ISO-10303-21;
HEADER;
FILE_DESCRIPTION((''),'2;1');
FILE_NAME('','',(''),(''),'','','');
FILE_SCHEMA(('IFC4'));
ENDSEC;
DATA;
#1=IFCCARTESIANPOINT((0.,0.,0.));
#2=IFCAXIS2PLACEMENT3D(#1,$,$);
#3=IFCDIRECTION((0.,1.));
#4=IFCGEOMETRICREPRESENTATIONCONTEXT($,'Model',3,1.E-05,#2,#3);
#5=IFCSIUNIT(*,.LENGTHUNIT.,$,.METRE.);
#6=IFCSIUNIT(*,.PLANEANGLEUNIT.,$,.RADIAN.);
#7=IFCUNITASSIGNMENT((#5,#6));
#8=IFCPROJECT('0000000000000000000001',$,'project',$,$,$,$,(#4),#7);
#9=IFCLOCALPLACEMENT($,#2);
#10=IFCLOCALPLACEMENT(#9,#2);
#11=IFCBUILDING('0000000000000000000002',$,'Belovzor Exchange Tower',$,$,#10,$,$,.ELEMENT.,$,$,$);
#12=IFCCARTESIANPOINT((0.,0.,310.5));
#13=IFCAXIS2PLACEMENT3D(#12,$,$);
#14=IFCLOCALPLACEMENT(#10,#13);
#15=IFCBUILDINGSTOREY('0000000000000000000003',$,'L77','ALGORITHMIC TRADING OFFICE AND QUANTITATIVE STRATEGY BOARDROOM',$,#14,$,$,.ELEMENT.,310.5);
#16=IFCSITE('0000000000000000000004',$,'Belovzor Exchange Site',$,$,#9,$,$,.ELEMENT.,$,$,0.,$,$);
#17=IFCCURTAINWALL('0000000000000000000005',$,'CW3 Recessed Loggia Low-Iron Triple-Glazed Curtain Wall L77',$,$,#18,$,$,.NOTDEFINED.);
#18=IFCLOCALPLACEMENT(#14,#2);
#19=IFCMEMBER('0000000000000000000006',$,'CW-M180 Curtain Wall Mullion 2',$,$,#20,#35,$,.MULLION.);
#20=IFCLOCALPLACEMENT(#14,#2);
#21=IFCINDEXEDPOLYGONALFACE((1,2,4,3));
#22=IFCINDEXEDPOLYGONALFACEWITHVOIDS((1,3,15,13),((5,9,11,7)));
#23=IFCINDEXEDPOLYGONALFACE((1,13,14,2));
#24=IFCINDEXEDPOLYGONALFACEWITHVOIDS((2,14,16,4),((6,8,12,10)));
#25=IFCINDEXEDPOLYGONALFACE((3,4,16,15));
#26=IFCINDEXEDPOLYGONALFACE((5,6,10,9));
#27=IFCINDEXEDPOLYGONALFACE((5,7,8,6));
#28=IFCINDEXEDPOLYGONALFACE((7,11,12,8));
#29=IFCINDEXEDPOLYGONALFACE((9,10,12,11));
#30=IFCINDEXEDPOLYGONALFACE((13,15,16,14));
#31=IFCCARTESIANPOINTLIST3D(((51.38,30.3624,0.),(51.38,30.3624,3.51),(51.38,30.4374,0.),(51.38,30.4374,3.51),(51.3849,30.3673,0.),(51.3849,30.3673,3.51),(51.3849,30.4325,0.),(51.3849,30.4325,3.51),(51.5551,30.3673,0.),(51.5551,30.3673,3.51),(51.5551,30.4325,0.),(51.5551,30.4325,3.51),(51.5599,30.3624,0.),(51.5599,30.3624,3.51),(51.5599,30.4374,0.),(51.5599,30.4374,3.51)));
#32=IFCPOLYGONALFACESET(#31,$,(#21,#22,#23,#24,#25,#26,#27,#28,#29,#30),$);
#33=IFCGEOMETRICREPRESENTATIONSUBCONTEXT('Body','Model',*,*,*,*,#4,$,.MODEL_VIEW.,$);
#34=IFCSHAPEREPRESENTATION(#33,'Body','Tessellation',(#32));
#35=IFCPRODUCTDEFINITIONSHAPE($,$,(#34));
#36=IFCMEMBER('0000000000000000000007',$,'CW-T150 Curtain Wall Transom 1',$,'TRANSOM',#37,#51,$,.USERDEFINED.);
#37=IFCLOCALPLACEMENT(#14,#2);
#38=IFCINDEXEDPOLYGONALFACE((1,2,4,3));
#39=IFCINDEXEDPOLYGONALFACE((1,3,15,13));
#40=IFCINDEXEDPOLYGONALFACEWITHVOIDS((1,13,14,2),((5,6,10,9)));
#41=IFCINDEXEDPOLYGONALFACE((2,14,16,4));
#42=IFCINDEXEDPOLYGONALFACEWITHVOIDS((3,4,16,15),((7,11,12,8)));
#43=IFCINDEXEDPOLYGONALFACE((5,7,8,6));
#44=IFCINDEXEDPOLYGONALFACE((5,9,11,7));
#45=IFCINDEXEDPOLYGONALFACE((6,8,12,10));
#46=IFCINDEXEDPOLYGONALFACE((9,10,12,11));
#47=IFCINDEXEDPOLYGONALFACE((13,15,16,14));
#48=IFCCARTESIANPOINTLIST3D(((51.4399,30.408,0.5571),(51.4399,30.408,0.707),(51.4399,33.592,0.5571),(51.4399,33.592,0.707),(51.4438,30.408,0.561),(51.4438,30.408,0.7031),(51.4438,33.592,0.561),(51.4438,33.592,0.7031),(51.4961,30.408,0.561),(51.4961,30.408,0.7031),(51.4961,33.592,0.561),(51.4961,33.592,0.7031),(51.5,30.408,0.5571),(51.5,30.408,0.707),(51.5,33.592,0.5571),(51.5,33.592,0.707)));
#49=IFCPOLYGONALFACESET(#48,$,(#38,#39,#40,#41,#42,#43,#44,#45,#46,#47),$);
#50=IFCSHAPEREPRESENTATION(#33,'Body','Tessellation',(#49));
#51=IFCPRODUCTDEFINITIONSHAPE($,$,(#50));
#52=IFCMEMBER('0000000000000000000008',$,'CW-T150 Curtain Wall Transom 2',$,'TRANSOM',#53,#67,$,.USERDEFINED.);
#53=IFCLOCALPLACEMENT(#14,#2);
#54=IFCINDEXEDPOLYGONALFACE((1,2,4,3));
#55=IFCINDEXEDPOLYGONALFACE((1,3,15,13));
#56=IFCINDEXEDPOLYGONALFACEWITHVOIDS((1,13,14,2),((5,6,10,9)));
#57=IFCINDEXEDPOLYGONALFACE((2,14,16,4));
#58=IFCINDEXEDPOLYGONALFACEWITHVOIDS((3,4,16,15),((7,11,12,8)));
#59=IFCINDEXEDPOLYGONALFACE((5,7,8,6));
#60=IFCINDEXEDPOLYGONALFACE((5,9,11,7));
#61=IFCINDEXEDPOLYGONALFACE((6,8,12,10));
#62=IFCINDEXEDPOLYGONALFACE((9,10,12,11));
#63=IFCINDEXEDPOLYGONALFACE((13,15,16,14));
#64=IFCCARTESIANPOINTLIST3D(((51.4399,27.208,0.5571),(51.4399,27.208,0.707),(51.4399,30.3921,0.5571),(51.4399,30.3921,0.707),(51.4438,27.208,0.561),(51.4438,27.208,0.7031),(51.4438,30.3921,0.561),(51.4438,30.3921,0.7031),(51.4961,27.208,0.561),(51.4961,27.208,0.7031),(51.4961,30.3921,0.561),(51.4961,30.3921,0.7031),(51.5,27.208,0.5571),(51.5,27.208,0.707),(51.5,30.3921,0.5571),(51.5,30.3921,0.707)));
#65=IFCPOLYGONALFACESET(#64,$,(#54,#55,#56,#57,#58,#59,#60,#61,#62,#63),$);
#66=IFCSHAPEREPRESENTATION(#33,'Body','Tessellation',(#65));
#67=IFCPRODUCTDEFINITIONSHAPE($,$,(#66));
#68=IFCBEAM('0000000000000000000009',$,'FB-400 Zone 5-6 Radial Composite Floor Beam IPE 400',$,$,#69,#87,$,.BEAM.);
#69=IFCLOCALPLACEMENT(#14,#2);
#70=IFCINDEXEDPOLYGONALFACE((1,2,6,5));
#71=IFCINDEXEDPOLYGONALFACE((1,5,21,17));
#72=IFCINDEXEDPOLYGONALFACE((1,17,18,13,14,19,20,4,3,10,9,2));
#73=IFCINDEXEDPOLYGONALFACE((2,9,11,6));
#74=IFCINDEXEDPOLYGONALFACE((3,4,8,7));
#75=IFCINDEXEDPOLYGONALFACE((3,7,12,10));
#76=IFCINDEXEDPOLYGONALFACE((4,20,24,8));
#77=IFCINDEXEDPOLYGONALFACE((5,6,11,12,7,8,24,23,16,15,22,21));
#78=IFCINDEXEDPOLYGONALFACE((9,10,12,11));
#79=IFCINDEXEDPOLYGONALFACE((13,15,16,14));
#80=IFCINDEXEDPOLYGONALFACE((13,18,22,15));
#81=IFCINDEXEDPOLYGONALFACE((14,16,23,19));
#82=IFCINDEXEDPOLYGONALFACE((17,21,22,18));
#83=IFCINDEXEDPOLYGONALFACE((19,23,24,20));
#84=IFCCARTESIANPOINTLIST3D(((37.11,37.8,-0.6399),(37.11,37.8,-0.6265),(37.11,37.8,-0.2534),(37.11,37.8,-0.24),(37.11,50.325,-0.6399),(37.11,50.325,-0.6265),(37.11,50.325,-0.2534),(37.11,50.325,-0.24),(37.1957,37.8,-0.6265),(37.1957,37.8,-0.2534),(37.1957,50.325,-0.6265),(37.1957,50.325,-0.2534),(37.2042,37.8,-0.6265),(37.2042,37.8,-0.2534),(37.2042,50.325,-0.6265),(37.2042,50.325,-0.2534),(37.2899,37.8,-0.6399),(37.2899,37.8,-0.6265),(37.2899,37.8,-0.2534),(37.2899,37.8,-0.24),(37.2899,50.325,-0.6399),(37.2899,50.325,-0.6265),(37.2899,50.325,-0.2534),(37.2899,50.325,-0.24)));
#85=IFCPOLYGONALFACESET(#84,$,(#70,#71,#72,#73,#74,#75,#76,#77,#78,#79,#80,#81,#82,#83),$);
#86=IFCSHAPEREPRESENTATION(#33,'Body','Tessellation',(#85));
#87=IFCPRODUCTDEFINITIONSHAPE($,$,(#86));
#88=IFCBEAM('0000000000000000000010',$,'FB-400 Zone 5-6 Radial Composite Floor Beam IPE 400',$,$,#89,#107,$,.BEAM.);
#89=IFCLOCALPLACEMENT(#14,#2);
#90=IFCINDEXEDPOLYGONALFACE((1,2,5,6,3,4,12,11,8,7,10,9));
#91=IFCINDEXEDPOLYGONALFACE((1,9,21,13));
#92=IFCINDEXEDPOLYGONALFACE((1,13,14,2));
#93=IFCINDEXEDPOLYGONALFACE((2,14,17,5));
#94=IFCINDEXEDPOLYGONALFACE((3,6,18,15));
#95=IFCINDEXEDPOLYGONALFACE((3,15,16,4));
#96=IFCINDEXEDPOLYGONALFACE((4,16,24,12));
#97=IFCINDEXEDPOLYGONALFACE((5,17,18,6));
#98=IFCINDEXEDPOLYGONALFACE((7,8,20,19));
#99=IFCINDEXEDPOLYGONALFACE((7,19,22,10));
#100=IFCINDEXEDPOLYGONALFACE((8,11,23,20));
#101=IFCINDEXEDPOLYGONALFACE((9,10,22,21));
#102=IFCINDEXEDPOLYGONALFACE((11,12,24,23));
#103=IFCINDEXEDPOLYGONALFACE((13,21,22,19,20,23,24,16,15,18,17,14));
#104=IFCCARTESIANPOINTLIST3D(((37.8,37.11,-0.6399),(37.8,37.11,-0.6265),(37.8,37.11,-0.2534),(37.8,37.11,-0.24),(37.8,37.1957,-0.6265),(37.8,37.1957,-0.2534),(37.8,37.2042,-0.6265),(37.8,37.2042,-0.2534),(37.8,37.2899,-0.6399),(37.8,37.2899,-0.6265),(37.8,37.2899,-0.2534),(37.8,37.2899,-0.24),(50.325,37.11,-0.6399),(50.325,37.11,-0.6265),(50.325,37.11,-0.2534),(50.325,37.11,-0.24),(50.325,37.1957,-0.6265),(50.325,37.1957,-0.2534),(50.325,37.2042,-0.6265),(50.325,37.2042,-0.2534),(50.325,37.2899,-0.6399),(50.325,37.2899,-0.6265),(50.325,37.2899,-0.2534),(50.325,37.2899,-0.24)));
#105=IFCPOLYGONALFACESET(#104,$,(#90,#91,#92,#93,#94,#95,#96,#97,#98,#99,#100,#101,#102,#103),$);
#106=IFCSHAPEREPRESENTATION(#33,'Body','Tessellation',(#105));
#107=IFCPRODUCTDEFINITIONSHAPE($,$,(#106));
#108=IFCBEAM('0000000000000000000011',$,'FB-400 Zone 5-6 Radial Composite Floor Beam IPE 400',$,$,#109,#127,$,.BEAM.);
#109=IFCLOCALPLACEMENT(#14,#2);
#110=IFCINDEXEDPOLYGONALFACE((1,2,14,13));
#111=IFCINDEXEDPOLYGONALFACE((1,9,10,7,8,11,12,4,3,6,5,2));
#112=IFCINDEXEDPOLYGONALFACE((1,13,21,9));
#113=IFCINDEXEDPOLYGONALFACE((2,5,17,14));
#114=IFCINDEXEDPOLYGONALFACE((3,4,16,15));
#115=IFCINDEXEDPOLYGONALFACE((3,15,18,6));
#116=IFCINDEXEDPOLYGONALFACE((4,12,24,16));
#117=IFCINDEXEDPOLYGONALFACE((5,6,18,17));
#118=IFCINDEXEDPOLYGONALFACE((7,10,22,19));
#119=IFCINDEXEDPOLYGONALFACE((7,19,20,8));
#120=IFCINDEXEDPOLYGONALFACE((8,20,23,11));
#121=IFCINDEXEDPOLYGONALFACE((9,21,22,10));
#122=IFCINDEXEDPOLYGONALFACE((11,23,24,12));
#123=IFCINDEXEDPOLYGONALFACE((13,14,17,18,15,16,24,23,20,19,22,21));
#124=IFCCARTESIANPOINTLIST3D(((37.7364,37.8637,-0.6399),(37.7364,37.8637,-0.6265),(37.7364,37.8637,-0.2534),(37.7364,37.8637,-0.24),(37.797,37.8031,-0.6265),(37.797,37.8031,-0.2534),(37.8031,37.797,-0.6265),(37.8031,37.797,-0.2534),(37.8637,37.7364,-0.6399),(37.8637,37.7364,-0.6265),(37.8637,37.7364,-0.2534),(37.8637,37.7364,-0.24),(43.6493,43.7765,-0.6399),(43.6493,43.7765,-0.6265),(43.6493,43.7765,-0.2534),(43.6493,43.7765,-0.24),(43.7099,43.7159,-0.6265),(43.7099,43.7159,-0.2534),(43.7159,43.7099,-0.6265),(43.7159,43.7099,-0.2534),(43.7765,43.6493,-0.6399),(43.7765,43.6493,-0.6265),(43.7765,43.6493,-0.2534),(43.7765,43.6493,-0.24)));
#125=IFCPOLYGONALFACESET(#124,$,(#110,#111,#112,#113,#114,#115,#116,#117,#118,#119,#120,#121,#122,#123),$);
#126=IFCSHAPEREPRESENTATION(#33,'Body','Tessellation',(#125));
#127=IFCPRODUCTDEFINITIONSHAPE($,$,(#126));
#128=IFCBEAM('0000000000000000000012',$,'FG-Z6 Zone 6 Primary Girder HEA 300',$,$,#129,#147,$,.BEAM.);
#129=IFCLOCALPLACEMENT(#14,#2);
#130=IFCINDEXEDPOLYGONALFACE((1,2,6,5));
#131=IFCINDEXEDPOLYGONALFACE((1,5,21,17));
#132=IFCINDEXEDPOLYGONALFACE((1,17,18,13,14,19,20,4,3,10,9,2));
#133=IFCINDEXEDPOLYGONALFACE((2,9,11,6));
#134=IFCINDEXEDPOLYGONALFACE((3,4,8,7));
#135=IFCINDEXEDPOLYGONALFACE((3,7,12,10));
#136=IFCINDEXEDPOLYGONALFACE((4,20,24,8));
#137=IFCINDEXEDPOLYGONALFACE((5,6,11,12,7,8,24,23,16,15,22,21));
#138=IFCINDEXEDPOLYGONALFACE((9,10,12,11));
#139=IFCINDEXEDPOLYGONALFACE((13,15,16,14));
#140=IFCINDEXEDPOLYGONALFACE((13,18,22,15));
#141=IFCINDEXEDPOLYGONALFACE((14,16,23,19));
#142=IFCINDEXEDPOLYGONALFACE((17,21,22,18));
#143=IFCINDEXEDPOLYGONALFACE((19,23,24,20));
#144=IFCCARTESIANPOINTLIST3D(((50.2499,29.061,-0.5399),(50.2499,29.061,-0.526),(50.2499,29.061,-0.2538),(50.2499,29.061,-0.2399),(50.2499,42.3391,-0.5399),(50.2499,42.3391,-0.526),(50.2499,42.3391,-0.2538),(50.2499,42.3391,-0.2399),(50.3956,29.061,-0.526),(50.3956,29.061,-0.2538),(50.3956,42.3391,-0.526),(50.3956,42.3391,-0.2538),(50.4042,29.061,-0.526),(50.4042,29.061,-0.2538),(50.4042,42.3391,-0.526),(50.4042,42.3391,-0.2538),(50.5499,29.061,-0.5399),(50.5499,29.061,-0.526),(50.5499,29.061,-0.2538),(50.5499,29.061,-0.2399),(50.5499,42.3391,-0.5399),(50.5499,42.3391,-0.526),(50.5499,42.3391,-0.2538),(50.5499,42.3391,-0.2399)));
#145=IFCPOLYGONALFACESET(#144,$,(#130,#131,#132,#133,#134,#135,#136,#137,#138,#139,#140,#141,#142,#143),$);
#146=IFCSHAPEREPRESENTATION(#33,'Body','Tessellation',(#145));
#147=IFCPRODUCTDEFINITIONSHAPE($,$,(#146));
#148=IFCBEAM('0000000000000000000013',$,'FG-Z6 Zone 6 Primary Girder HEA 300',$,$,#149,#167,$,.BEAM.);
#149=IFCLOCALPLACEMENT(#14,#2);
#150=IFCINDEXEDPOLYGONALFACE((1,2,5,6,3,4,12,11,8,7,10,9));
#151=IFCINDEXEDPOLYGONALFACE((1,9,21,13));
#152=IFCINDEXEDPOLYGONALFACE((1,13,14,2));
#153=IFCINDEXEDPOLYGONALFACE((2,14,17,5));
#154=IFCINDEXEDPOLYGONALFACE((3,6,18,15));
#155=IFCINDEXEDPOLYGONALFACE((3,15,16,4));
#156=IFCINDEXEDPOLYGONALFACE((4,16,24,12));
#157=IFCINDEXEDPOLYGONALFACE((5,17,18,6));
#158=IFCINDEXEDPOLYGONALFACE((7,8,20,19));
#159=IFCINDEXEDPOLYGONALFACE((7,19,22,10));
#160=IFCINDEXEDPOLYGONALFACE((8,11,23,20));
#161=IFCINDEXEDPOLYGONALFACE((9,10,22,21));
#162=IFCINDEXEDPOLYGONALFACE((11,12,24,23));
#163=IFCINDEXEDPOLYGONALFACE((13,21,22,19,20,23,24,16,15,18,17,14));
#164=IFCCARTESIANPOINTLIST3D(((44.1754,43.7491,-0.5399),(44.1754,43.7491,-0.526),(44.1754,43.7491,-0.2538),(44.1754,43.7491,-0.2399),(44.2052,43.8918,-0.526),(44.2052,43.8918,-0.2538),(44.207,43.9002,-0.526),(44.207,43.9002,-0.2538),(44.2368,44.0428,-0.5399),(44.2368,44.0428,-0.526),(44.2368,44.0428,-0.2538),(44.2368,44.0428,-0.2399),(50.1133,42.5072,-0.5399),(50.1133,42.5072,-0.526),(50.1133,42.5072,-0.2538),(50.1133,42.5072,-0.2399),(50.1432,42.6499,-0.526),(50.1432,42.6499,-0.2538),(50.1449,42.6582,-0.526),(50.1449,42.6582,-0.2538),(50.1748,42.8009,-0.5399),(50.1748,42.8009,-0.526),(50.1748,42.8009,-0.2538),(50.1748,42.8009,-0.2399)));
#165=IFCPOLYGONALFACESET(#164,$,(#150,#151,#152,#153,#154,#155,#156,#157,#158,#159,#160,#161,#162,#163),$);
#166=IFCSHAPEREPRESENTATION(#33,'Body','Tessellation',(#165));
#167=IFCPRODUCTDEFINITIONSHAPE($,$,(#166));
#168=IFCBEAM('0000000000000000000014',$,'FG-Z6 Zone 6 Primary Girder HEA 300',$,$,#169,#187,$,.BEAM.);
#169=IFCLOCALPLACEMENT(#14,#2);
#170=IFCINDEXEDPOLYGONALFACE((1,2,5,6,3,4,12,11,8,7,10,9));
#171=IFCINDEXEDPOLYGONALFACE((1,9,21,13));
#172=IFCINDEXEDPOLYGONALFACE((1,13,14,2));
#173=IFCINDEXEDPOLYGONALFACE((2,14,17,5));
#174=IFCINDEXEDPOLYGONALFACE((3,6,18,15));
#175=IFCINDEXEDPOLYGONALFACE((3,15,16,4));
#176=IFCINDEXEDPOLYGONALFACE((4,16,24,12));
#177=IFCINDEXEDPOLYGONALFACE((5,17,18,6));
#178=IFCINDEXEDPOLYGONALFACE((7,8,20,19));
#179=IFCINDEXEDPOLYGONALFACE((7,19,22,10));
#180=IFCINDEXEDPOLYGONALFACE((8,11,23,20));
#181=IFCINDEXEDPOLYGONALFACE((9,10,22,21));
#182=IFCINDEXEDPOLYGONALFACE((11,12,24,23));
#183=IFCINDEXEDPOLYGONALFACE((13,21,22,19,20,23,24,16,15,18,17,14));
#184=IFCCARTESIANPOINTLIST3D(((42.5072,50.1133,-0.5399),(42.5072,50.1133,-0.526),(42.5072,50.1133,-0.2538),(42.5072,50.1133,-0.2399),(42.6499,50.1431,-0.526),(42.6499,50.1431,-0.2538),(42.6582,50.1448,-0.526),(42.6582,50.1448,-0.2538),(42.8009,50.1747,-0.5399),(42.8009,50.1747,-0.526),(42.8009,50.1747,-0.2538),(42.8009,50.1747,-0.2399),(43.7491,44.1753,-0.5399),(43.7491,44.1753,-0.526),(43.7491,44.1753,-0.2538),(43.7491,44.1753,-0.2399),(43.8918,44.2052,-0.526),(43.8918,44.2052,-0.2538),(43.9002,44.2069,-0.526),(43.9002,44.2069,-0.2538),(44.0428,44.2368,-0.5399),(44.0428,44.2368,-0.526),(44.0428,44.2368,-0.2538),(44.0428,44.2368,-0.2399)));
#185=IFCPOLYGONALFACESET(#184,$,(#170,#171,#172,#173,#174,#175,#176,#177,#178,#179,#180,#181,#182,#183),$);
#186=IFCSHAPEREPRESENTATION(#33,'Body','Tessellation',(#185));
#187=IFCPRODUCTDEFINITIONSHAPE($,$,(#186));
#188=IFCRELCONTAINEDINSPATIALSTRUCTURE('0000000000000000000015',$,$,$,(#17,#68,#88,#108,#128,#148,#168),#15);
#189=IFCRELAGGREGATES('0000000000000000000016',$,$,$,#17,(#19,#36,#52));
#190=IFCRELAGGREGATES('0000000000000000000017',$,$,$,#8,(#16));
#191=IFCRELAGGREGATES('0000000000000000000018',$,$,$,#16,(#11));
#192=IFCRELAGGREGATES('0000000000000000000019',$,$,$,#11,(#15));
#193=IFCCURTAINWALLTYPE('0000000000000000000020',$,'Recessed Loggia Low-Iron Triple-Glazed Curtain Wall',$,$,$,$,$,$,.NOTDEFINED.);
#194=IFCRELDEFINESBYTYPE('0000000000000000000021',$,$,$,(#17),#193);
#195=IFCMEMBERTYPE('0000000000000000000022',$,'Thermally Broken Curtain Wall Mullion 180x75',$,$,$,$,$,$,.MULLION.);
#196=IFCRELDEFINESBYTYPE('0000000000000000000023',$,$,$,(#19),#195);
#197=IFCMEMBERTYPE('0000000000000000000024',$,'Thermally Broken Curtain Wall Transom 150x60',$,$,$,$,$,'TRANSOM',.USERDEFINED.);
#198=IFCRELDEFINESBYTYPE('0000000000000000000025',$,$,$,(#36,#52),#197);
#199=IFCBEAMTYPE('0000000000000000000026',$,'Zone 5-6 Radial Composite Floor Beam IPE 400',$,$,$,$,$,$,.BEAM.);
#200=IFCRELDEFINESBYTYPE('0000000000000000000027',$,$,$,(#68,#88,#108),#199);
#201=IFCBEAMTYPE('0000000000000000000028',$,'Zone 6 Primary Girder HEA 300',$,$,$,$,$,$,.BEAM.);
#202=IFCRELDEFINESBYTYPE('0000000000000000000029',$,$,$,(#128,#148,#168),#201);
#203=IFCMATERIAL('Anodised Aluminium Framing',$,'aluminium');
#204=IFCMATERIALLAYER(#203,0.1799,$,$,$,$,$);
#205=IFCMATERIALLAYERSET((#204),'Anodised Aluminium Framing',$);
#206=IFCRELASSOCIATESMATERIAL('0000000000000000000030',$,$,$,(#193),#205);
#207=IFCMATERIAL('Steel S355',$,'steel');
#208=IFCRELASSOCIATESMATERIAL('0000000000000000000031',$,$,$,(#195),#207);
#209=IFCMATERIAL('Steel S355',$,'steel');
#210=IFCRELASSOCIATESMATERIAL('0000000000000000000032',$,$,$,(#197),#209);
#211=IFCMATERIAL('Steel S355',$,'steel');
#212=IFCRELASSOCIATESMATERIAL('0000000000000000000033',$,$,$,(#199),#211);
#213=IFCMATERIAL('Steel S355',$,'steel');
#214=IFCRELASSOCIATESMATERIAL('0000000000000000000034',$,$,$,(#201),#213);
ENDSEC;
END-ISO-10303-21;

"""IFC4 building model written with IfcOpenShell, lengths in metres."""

from ifc_helpers import new_model, si_unit, direction, frame, origin, origin_2d, place, context, subcontext, project, spatial, hollow_rectangle, i_section, extrude, material, layer, layer_set, material_profile, profile_set, type_object, element, aggregate, save


model = new_model("IFC4")

# Units and contexts
model_context = context("Model", 3, precision=1e-05, world=origin(), true_north=direction((0.0, 1.0)))
body_context = subcontext(model_context, "Body", "Model", "MODEL_VIEW")
ifc_project = project(units=[si_unit("LENGTHUNIT", "METRE"), si_unit("PLANEANGLEUNIT", "RADIAN")], contexts=[model_context])

# Site, building, storey
site_placement = place(None, origin())
site = spatial("IfcSite", under=ifc_project, at=site_placement, Name="Belovzor Exchange Site", CompositionType="ELEMENT", RefElevation=0.0)
building_placement = place(site_placement, origin())
building = spatial("IfcBuilding", under=site, at=building_placement, Name="Belovzor Exchange Tower", CompositionType="ELEMENT")
storey_placement = place(building_placement, frame((0.0, 0.0, 310.5)))
storey = spatial("IfcBuildingStorey", under=building, at=storey_placement, Name="L77", Description="ALGORITHMIC TRADING OFFICE AND QUANTITATIVE STRATEGY BOARDROOM", CompositionType="ELEMENT", Elevation=310.5)

# Curtain wall, members
ifc_material_1 = material(Name="Anodised Aluminium Framing", Category="aluminium")
ifc_layer_1 = layer(ifc_material_1, 0.1799)
ifc_layer_set_1 = layer_set([ifc_layer_1], Name="Anodised Aluminium Framing")
curtain_wall_type = type_object("IfcCurtainWallType", Name="Recessed Loggia Low-Iron Triple-Glazed Curtain Wall", PredefinedType="NOTDEFINED", material=ifc_layer_set_1)
curtain_wall_placement = place(storey_placement, origin())
curtain_wall = element("IfcCurtainWall", 1, at=curtain_wall_placement, inside=storey, type_object=curtain_wall_type, Name="CW3 Recessed Loggia Low-Iron Triple-Glazed Curtain Wall L77", PredefinedType="NOTDEFINED")
ifc_material_2 = material(Name="Steel S355", Category="steel")
ifc_material_profile_1 = material_profile(ifc_material_2, hollow_rectangle(XDim=0.075, YDim=0.1799, WallThickness=0.0049, at=origin_2d()))
ifc_profile_set_1 = profile_set([ifc_material_profile_1], Name="Steel S355")
member_type_1 = type_object("IfcMemberType", Name="Thermally Broken Curtain Wall Mullion 180x75", PredefinedType="MULLION", material=ifc_profile_set_1)
member_1_placement = place(storey_placement, frame((51.47, 30.3999, 0.0), z_axis=(0.0, 0.0, 1.0), x_axis=(0.0, -1.0, 0.0)))
member_1 = element("IfcMember", 2, at=member_1_placement, type_object=member_type_1, Name="CW-M180 Curtain Wall Mullion 2", PredefinedType="MULLION", context=body_context, shape_type="SweptSolid", body=[
    extrude(hollow_rectangle(XDim=0.075, YDim=0.1799, WallThickness=0.0049, at=origin_2d()), origin(), (0.0, 0.0, 1.0), 3.51),
])
ifc_material_3 = material(Name="Steel S355", Category="steel")
ifc_material_profile_2 = material_profile(ifc_material_3, hollow_rectangle(XDim=0.0601, YDim=0.1499, WallThickness=0.0039, at=origin_2d()))
ifc_profile_set_2 = profile_set([ifc_material_profile_2], Name="Steel S355")
member_type_2 = type_object("IfcMemberType", Name="Thermally Broken Curtain Wall Transom 150x60", ElementType="TRANSOM", PredefinedType="USERDEFINED", material=ifc_profile_set_2)
member_2_placement = place(storey_placement, frame((51.47, 33.592, 0.6321), z_axis=(0.0, -1.0, 0.0), x_axis=(1.0, 0.0, 0.0)))
member_2 = element("IfcMember", 3, at=member_2_placement, type_object=member_type_2, Name="CW-T150 Curtain Wall Transom 1", ObjectType="TRANSOM", PredefinedType="USERDEFINED", context=body_context, shape_type="SweptSolid", body=[
    extrude(hollow_rectangle(XDim=0.0601, YDim=0.1499, WallThickness=0.0039, at=origin_2d()), origin(), (0.0, 0.0, 1.0), 3.1841),
])
member_3_placement = place(storey_placement, frame((51.47, 30.3921, 0.6321), z_axis=(0.0, -1.0, 0.0), x_axis=(1.0, 0.0, 0.0)))
member_3 = element("IfcMember", 4, at=member_3_placement, type_object=member_type_2, Name="CW-T150 Curtain Wall Transom 2", ObjectType="TRANSOM", PredefinedType="USERDEFINED", context=body_context, shape_type="SweptSolid", body=[
    extrude(hollow_rectangle(XDim=0.0601, YDim=0.1499, WallThickness=0.0039, at=origin_2d()), origin(), (0.0, 0.0, 1.0), 3.1841),
])

# Beams
ifc_material_4 = material(Name="Steel S355", Category="steel")
ifc_material_profile_3 = material_profile(ifc_material_4, i_section(OverallWidth=0.1799, OverallDepth=0.3999, WebThickness=0.0085, FlangeThickness=0.0134, at=origin_2d()))
ifc_profile_set_3 = profile_set([ifc_material_profile_3], Name="Steel S355")
beam_type_1 = type_object("IfcBeamType", Name="Zone 5-6 Radial Composite Floor Beam IPE 400", PredefinedType="BEAM", material=ifc_profile_set_3)
for number, where, z_axis, x_axis, name in (
    (5, (37.2, 37.8, -0.4399), (0.0, 1.0, 0.0), (-1.0, 0.0, 0.0), "FB-400 Zone 5-6 Radial Composite Floor Beam IPE 400"),
    (6, (37.8, 37.2, -0.4399), (1.0, 0.0, 0.0), (0.0, 1.0, 0.0), "FB-400 Zone 5-6 Radial Composite Floor Beam IPE 400"),
):
    element("IfcBeam", number, at=place(storey_placement, frame(where, z_axis=z_axis, x_axis=x_axis)), inside=storey, type_object=beam_type_1, Name=name, PredefinedType="BEAM", context=body_context, shape_type="SweptSolid", body=[
        extrude(i_section(OverallWidth=0.1799, OverallDepth=0.3999, WebThickness=0.0085, FlangeThickness=0.0134, at=origin_2d()), origin(), (0.0, 0.0, 1.0), 12.5249),
    ])
beam_1_placement = place(storey_placement, frame((37.8, 37.8, -0.4399), z_axis=(0.707107, 0.707107, 0.0), x_axis=(-0.707107, 0.707107, 0.0)))
element("IfcBeam", 7, at=beam_1_placement, inside=storey, type_object=beam_type_1, Name="FB-400 Zone 5-6 Radial Composite Floor Beam IPE 400", PredefinedType="BEAM", context=body_context, shape_type="SweptSolid", body=[
    extrude(i_section(OverallWidth=0.1799, OverallDepth=0.3999, WebThickness=0.0085, FlangeThickness=0.0134, at=origin_2d()), origin(), (0.0, 0.0, 1.0), 8.3621),
])
ifc_material_5 = material(Name="Steel S355", Category="steel")
ifc_material_profile_4 = material_profile(ifc_material_5, i_section(OverallWidth=0.3, OverallDepth=0.3, WebThickness=0.0085, FlangeThickness=0.0139, at=origin_2d()))
ifc_profile_set_4 = profile_set([ifc_material_profile_4], Name="Steel S355")
beam_type_2 = type_object("IfcBeamType", Name="Zone 6 Primary Girder HEA 300", PredefinedType="BEAM", material=ifc_profile_set_4)
beam_2_placement = place(storey_placement, frame((50.3999, 29.061, -0.3899), z_axis=(0.0, 1.0, 0.0), x_axis=(-1.0, 0.0, 0.0)))
element("IfcBeam", 8, at=beam_2_placement, inside=storey, type_object=beam_type_2, Name="FG-Z6 Zone 6 Primary Girder HEA 300", PredefinedType="BEAM", context=body_context, shape_type="SweptSolid", body=[
    extrude(i_section(OverallWidth=0.3, OverallDepth=0.3, WebThickness=0.0085, FlangeThickness=0.0139, at=origin_2d()), origin(), (0.0, 0.0, 1.0), 13.2781),
])
for number, where, z_axis, x_axis, name in (
    (9, (50.144, 42.6541, -0.3899), (-0.97882, 0.204722, 0.0), (-0.204722, -0.97882, 0.0), "FG-Z6 Zone 6 Primary Girder HEA 300"),
    (10, (43.896, 44.2061, -0.3899), (-0.204722, 0.97882, 0.0), (-0.97882, -0.204722, 0.0), "FG-Z6 Zone 6 Primary Girder HEA 300"),
):
    element("IfcBeam", number, at=place(storey_placement, frame(where, z_axis=z_axis, x_axis=x_axis)), inside=storey, type_object=beam_type_2, Name=name, PredefinedType="BEAM", context=body_context, shape_type="SweptSolid", body=[
        extrude(i_section(OverallWidth=0.3, OverallDepth=0.3, WebThickness=0.0085, FlangeThickness=0.0139, at=origin_2d()), origin(), (0.0, 0.0, 1.0), 6.0664),
    ])

aggregate(curtain_wall, [member_1, member_2, member_3])

save(model, "model.ifc")
